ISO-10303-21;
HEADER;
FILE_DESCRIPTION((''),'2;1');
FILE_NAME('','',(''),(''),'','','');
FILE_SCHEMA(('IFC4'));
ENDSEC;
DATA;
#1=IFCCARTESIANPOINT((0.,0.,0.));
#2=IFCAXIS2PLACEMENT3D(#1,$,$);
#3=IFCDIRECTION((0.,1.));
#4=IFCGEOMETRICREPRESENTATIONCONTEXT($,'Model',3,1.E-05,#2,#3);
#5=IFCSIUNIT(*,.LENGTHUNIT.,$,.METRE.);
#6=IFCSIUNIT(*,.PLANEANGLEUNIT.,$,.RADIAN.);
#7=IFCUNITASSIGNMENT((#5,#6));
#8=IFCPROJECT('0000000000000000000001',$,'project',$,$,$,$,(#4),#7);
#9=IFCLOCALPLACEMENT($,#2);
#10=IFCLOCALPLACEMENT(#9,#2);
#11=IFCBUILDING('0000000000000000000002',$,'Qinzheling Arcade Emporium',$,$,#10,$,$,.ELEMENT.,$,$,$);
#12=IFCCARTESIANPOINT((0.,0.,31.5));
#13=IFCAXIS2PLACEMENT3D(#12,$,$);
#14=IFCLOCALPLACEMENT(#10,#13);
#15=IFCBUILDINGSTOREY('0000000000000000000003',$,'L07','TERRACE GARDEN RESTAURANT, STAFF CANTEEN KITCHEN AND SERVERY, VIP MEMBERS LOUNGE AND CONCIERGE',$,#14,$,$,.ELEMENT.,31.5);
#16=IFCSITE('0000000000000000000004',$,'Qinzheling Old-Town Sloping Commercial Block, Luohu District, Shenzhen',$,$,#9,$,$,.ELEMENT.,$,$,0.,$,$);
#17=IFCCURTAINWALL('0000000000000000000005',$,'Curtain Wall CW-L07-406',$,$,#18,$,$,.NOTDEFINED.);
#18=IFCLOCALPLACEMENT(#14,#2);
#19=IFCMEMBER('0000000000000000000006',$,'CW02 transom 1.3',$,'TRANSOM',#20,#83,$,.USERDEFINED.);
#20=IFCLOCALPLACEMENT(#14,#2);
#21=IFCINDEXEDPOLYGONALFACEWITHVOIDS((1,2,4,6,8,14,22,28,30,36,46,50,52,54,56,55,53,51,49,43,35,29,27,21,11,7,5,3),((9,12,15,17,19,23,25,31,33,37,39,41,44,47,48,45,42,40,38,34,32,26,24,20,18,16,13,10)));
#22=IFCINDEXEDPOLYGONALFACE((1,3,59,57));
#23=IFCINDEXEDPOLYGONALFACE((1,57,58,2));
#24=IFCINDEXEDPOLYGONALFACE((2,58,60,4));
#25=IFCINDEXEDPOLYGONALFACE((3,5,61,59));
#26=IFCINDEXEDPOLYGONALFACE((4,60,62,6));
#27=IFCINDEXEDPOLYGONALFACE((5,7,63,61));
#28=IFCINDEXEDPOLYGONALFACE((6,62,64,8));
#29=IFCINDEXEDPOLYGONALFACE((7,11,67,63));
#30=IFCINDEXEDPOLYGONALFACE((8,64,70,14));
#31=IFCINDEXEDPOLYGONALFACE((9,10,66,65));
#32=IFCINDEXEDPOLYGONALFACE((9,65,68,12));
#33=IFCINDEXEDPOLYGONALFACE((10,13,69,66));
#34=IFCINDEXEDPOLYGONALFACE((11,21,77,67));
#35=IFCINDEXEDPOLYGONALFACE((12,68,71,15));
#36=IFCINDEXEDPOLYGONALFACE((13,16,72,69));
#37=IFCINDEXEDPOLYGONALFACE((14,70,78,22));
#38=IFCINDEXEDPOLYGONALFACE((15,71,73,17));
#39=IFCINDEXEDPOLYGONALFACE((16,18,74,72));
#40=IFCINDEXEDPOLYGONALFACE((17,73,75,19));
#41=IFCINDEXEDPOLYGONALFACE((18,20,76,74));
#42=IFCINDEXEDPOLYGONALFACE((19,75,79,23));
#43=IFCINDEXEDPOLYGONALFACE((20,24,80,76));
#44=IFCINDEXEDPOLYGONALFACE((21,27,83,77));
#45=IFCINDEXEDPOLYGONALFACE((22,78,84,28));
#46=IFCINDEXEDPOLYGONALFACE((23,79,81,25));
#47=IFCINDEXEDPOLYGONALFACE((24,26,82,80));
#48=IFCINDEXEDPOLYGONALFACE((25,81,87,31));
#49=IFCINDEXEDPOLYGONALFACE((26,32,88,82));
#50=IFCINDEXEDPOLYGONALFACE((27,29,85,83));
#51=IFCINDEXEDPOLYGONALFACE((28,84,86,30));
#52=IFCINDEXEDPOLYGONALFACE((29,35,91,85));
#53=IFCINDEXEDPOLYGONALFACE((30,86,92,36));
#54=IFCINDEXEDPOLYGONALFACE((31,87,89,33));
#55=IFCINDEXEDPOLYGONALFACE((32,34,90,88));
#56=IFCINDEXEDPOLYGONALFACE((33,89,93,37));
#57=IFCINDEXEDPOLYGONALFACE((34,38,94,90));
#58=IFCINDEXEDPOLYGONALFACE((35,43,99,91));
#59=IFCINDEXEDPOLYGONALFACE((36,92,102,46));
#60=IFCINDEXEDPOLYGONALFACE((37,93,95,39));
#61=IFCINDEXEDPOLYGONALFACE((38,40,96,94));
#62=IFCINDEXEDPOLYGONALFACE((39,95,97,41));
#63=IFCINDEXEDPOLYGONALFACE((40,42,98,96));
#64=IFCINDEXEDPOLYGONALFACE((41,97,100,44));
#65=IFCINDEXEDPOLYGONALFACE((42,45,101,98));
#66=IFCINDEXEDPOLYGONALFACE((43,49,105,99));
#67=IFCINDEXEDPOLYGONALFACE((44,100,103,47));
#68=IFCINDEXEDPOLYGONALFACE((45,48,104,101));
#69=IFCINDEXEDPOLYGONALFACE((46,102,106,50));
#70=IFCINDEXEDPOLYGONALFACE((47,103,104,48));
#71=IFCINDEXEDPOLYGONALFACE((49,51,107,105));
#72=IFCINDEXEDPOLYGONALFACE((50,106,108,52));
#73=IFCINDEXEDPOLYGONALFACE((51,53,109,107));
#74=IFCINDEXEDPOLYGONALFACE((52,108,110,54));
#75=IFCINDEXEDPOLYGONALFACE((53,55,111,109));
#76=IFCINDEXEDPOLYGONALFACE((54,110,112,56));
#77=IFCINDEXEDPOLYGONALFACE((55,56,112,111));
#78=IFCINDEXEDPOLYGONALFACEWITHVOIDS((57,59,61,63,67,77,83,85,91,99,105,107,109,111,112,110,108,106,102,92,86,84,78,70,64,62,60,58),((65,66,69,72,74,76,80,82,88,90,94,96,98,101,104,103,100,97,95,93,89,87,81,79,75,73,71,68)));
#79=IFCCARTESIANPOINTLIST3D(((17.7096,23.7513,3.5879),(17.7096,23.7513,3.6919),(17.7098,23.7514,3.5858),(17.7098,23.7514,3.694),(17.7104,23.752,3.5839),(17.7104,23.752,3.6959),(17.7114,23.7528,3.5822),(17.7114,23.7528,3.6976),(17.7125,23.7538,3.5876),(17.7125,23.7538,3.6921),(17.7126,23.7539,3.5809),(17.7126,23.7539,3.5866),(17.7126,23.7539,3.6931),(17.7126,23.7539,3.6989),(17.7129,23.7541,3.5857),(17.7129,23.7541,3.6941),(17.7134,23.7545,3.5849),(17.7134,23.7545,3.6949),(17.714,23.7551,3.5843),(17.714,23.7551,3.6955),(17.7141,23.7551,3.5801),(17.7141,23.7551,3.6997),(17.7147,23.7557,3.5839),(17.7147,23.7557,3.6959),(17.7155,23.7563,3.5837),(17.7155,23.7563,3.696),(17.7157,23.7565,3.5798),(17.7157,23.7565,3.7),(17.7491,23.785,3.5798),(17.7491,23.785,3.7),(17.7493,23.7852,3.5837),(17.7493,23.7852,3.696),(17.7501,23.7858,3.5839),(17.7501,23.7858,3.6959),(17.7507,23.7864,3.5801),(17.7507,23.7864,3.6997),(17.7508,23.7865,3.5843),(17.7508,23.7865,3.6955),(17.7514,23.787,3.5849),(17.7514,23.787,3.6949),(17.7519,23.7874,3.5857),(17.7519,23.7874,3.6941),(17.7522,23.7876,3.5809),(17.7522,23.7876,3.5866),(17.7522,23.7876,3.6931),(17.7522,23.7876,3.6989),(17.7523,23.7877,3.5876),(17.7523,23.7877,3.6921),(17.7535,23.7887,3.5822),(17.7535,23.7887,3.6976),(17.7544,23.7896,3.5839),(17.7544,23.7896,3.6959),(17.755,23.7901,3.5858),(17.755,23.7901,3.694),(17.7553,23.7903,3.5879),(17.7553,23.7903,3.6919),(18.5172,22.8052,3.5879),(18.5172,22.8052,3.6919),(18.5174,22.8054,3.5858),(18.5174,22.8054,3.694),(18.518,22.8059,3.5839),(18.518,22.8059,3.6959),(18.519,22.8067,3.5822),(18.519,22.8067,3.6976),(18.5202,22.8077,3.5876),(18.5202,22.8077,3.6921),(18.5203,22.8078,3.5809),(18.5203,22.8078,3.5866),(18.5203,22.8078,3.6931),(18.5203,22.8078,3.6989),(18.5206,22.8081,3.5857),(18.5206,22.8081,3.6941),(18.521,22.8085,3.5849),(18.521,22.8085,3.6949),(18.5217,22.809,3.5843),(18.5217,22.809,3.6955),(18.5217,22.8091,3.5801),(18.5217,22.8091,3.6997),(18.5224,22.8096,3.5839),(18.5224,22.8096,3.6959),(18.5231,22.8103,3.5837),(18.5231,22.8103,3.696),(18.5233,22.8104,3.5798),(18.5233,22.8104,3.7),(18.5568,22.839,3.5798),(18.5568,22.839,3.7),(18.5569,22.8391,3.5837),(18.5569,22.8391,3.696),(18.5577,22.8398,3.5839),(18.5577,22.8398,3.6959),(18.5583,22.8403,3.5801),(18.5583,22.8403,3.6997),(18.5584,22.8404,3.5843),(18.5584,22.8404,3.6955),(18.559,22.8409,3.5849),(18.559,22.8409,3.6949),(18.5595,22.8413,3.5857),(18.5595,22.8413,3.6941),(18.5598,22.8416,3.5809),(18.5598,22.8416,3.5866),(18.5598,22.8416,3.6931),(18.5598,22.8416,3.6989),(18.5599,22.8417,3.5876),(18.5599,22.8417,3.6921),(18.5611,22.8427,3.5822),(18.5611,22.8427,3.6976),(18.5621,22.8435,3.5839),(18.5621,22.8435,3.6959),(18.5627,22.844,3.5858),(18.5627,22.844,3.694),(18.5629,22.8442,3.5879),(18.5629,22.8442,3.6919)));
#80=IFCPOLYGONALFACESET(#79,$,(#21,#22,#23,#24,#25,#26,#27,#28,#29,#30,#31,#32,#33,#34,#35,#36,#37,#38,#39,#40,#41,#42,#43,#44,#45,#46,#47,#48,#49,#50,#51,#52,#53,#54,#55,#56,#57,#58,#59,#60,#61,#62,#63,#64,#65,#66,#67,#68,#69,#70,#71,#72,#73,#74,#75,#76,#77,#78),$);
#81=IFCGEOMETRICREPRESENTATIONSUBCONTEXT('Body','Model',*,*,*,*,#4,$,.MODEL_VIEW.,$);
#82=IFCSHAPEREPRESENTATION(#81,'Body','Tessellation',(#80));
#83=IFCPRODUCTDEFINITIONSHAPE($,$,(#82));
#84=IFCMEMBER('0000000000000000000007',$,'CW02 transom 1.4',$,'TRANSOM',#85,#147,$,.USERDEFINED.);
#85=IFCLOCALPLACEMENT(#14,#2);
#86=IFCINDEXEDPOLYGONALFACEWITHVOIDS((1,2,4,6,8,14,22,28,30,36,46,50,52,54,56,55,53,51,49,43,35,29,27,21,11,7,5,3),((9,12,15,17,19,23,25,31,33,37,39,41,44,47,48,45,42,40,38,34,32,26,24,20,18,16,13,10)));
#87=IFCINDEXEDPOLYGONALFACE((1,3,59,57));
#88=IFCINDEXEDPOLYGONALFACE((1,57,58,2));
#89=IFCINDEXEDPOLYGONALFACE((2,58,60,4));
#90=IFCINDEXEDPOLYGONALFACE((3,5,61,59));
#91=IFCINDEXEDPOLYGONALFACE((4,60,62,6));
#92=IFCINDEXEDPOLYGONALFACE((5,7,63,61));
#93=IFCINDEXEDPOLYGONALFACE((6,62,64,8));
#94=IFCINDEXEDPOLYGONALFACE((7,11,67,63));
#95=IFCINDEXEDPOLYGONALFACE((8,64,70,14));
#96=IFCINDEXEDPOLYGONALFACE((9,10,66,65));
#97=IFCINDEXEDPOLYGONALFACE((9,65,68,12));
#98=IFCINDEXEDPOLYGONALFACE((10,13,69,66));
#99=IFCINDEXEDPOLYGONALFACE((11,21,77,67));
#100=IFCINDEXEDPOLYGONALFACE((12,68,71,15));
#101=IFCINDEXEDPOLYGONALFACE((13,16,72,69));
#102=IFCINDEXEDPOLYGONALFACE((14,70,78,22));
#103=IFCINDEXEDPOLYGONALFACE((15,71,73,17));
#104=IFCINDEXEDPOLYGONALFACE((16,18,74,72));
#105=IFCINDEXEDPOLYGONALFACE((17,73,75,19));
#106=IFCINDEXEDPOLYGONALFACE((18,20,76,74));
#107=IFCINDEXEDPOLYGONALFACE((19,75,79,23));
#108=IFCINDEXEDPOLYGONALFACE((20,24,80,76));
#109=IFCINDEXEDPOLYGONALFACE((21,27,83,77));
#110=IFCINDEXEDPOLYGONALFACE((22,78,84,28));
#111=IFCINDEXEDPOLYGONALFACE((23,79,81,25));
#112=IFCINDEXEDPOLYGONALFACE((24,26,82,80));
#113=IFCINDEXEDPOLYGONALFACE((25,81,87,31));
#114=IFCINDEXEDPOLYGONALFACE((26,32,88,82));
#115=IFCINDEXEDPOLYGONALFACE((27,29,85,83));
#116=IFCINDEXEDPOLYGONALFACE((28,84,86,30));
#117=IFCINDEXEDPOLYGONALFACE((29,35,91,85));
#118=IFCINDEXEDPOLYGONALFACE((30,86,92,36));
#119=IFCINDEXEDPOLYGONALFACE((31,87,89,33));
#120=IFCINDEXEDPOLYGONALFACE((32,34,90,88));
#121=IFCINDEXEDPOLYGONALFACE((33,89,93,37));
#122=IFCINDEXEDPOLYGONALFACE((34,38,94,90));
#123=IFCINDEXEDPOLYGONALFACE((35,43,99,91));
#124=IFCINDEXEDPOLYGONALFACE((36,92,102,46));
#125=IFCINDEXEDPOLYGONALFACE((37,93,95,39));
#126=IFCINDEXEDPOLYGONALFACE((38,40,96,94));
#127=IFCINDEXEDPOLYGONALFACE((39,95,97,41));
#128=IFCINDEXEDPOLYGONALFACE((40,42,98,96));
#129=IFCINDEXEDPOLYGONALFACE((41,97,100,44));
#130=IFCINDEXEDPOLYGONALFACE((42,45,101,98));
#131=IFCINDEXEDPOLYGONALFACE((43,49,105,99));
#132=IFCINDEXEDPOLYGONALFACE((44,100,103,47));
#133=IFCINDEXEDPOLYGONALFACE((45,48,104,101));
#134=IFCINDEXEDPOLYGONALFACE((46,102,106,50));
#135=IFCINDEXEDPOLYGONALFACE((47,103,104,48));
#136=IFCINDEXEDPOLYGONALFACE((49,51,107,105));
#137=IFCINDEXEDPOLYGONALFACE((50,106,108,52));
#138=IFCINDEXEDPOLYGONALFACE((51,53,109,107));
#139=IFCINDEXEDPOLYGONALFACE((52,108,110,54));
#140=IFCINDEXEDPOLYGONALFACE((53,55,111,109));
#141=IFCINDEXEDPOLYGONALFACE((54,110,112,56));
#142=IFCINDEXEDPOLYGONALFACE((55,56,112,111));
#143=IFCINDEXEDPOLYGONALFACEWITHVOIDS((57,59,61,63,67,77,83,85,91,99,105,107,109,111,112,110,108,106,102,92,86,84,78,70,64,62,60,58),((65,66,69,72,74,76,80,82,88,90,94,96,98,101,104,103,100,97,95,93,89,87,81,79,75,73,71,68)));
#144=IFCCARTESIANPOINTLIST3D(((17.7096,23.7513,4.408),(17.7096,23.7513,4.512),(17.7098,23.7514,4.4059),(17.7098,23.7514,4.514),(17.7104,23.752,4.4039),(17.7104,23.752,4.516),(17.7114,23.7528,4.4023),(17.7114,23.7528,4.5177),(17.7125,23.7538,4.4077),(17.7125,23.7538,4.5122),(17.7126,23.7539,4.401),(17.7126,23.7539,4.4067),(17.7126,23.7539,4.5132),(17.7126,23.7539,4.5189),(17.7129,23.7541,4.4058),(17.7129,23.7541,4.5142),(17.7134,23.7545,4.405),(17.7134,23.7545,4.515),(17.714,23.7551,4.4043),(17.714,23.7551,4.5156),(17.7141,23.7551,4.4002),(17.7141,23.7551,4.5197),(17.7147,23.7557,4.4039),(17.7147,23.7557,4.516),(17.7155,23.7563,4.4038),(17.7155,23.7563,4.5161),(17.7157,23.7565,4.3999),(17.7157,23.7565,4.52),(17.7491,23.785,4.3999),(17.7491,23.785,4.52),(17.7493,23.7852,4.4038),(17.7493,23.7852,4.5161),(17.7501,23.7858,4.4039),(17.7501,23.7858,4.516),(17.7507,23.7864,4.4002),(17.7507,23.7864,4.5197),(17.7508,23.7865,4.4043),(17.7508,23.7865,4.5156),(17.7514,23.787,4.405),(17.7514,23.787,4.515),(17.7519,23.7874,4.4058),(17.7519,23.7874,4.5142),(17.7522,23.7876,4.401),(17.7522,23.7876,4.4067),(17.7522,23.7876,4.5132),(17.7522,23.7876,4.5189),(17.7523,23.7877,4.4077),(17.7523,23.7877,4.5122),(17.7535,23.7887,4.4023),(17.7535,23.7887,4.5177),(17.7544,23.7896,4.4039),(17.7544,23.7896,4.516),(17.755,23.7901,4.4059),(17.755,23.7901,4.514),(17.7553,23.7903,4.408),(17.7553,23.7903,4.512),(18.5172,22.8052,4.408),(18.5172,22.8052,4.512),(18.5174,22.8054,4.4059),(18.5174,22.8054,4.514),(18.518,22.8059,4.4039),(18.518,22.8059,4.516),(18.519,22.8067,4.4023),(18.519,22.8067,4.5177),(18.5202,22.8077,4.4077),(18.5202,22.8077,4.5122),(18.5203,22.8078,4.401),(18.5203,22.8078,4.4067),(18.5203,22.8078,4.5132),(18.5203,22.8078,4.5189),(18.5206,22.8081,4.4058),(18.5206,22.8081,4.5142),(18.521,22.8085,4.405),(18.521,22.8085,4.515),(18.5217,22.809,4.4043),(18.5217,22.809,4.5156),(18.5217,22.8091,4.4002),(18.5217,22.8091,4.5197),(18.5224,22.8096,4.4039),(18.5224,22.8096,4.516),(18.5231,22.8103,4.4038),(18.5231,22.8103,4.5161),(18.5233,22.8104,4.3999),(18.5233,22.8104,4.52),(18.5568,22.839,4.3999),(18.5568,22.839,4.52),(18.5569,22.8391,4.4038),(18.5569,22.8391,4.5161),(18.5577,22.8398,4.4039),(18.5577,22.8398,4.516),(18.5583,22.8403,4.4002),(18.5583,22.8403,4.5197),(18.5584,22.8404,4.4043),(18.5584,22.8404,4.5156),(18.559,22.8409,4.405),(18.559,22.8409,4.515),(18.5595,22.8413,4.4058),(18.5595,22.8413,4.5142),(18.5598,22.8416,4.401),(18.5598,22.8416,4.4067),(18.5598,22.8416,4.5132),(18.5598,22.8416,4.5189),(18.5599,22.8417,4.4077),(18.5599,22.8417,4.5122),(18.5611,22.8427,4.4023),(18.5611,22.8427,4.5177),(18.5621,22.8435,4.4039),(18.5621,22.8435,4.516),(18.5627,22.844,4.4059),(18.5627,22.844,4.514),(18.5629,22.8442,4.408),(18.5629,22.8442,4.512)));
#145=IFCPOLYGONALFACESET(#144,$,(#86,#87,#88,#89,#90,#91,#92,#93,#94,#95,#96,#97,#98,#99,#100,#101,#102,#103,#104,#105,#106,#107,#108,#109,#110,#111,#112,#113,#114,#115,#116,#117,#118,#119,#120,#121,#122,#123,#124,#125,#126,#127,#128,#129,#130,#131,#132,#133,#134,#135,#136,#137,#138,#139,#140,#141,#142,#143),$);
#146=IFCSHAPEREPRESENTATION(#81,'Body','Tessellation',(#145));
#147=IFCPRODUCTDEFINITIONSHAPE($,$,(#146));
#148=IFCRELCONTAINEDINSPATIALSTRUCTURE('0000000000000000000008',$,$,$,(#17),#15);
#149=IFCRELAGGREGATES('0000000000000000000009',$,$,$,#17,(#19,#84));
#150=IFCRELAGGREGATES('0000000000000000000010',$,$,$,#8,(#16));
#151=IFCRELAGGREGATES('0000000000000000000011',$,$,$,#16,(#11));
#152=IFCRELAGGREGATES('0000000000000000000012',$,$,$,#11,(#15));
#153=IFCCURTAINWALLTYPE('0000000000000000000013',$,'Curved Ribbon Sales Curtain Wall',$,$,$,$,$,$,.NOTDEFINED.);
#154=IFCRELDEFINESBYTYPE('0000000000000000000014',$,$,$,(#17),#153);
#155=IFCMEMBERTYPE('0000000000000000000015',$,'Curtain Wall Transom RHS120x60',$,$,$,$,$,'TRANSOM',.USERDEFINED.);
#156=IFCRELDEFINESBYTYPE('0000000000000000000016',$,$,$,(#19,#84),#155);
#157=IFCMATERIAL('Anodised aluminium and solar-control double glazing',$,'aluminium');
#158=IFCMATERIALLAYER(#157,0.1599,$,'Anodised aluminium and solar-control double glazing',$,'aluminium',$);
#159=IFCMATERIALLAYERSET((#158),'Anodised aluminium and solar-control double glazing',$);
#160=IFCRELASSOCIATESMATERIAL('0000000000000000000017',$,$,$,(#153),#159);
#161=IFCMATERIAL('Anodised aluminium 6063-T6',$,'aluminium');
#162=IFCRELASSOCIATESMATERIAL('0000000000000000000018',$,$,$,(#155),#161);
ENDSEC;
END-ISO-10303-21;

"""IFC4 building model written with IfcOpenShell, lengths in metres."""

from ifc_helpers import new_model, si_unit, direction, frame, origin, origin_2d, place, context, subcontext, project, spatial, hollow_rectangle, extrude, material, layer, layer_set, material_profile, profile_set, type_object, element, aggregate, save


model = new_model("IFC4")

# Units and contexts
model_context = context("Model", 3, precision=1e-05, world=origin(), true_north=direction((0.0, 1.0)))
body_context = subcontext(model_context, "Body", "Model", "MODEL_VIEW")
ifc_project = project(units=[si_unit("LENGTHUNIT", "METRE"), si_unit("PLANEANGLEUNIT", "RADIAN")], contexts=[model_context])

# Site, building, storey
site_placement = place(None, origin())
site = spatial("IfcSite", under=ifc_project, at=site_placement, Name="Qinzheling Old-Town Sloping Commercial Block, Luohu District, Shenzhen", CompositionType="ELEMENT", RefElevation=0.0)
building_placement = place(site_placement, origin())
building = spatial("IfcBuilding", under=site, at=building_placement, Name="Qinzheling Arcade Emporium", CompositionType="ELEMENT")
storey_placement = place(building_placement, frame((0.0, 0.0, 31.5)))
storey = spatial("IfcBuildingStorey", under=building, at=storey_placement, Name="L07", Description="TERRACE GARDEN RESTAURANT, STAFF CANTEEN KITCHEN AND SERVERY, VIP MEMBERS LOUNGE AND CONCIERGE", CompositionType="ELEMENT", Elevation=31.5)

# Curtain wall, members
ifc_material_1 = material(Name="Anodised aluminium and solar-control double glazing", Category="aluminium")
ifc_layer_1 = layer(ifc_material_1, 0.1599, Name="Anodised aluminium and solar-control double glazing", Category="aluminium")
ifc_layer_set_1 = layer_set([ifc_layer_1], Name="Anodised aluminium and solar-control double glazing")
curtain_wall_type = type_object("IfcCurtainWallType", Name="Curved Ribbon Sales Curtain Wall", PredefinedType="NOTDEFINED", material=ifc_layer_set_1)
curtain_wall_placement = place(storey_placement, origin())
curtain_wall = element("IfcCurtainWall", 1, at=curtain_wall_placement, inside=storey, type_object=curtain_wall_type, Name="Curtain Wall CW-L07-406", PredefinedType="NOTDEFINED")
ifc_material_2 = material(Name="Anodised aluminium 6063-T6", Category="aluminium")
ifc_material_profile_1 = material_profile(ifc_material_2, hollow_rectangle(XDim=0.0601, YDim=0.1201, WallThickness=0.0039, InnerFilletRadius=0.0039, OuterFilletRadius=0.0081, at=origin_2d()), Name="RHS 120x60x4", Category="aluminium")
ifc_profile_set_1 = profile_set([ifc_material_profile_1], Name="Anodised aluminium 6063-T6")
member_type_1 = type_object("IfcMemberType", Name="Curtain Wall Transom RHS120x60", ElementType="TRANSOM", PredefinedType="USERDEFINED", material=ifc_profile_set_1)
member_1_placement = place(storey_placement, frame((18.54, 22.8247, 3.6399), z_axis=(-0.649271, 0.760557, 0.0), x_axis=(-0.760557, -0.649271, 0.0)))
member_1 = element("IfcMember", 2, at=member_1_placement, type_object=member_type_1, Name="CW02 transom 1.3", ObjectType="TRANSOM", PredefinedType="USERDEFINED", context=body_context, shape_type="SweptSolid", body=[
    extrude(hollow_rectangle(XDim=0.0601, YDim=0.1201, WallThickness=0.0039, InnerFilletRadius=0.0039, OuterFilletRadius=0.0081, at=origin_2d()), origin(), (0.0, 0.0, 1.0), 1.2439),
])
member_2_placement = place(storey_placement, frame((18.54, 22.8247, 4.46), z_axis=(-0.649271, 0.760557, 0.0), x_axis=(-0.760557, -0.649271, 0.0)))
member_2 = element("IfcMember", 3, at=member_2_placement, type_object=member_type_1, Name="CW02 transom 1.4", ObjectType="TRANSOM", PredefinedType="USERDEFINED", context=body_context, shape_type="SweptSolid", body=[
    extrude(hollow_rectangle(XDim=0.0601, YDim=0.1201, WallThickness=0.0039, InnerFilletRadius=0.0039, OuterFilletRadius=0.0081, at=origin_2d()), origin(), (0.0, 0.0, 1.0), 1.2439),
])

aggregate(curtain_wall, [member_1, member_2])

save(model, "model.ifc")
